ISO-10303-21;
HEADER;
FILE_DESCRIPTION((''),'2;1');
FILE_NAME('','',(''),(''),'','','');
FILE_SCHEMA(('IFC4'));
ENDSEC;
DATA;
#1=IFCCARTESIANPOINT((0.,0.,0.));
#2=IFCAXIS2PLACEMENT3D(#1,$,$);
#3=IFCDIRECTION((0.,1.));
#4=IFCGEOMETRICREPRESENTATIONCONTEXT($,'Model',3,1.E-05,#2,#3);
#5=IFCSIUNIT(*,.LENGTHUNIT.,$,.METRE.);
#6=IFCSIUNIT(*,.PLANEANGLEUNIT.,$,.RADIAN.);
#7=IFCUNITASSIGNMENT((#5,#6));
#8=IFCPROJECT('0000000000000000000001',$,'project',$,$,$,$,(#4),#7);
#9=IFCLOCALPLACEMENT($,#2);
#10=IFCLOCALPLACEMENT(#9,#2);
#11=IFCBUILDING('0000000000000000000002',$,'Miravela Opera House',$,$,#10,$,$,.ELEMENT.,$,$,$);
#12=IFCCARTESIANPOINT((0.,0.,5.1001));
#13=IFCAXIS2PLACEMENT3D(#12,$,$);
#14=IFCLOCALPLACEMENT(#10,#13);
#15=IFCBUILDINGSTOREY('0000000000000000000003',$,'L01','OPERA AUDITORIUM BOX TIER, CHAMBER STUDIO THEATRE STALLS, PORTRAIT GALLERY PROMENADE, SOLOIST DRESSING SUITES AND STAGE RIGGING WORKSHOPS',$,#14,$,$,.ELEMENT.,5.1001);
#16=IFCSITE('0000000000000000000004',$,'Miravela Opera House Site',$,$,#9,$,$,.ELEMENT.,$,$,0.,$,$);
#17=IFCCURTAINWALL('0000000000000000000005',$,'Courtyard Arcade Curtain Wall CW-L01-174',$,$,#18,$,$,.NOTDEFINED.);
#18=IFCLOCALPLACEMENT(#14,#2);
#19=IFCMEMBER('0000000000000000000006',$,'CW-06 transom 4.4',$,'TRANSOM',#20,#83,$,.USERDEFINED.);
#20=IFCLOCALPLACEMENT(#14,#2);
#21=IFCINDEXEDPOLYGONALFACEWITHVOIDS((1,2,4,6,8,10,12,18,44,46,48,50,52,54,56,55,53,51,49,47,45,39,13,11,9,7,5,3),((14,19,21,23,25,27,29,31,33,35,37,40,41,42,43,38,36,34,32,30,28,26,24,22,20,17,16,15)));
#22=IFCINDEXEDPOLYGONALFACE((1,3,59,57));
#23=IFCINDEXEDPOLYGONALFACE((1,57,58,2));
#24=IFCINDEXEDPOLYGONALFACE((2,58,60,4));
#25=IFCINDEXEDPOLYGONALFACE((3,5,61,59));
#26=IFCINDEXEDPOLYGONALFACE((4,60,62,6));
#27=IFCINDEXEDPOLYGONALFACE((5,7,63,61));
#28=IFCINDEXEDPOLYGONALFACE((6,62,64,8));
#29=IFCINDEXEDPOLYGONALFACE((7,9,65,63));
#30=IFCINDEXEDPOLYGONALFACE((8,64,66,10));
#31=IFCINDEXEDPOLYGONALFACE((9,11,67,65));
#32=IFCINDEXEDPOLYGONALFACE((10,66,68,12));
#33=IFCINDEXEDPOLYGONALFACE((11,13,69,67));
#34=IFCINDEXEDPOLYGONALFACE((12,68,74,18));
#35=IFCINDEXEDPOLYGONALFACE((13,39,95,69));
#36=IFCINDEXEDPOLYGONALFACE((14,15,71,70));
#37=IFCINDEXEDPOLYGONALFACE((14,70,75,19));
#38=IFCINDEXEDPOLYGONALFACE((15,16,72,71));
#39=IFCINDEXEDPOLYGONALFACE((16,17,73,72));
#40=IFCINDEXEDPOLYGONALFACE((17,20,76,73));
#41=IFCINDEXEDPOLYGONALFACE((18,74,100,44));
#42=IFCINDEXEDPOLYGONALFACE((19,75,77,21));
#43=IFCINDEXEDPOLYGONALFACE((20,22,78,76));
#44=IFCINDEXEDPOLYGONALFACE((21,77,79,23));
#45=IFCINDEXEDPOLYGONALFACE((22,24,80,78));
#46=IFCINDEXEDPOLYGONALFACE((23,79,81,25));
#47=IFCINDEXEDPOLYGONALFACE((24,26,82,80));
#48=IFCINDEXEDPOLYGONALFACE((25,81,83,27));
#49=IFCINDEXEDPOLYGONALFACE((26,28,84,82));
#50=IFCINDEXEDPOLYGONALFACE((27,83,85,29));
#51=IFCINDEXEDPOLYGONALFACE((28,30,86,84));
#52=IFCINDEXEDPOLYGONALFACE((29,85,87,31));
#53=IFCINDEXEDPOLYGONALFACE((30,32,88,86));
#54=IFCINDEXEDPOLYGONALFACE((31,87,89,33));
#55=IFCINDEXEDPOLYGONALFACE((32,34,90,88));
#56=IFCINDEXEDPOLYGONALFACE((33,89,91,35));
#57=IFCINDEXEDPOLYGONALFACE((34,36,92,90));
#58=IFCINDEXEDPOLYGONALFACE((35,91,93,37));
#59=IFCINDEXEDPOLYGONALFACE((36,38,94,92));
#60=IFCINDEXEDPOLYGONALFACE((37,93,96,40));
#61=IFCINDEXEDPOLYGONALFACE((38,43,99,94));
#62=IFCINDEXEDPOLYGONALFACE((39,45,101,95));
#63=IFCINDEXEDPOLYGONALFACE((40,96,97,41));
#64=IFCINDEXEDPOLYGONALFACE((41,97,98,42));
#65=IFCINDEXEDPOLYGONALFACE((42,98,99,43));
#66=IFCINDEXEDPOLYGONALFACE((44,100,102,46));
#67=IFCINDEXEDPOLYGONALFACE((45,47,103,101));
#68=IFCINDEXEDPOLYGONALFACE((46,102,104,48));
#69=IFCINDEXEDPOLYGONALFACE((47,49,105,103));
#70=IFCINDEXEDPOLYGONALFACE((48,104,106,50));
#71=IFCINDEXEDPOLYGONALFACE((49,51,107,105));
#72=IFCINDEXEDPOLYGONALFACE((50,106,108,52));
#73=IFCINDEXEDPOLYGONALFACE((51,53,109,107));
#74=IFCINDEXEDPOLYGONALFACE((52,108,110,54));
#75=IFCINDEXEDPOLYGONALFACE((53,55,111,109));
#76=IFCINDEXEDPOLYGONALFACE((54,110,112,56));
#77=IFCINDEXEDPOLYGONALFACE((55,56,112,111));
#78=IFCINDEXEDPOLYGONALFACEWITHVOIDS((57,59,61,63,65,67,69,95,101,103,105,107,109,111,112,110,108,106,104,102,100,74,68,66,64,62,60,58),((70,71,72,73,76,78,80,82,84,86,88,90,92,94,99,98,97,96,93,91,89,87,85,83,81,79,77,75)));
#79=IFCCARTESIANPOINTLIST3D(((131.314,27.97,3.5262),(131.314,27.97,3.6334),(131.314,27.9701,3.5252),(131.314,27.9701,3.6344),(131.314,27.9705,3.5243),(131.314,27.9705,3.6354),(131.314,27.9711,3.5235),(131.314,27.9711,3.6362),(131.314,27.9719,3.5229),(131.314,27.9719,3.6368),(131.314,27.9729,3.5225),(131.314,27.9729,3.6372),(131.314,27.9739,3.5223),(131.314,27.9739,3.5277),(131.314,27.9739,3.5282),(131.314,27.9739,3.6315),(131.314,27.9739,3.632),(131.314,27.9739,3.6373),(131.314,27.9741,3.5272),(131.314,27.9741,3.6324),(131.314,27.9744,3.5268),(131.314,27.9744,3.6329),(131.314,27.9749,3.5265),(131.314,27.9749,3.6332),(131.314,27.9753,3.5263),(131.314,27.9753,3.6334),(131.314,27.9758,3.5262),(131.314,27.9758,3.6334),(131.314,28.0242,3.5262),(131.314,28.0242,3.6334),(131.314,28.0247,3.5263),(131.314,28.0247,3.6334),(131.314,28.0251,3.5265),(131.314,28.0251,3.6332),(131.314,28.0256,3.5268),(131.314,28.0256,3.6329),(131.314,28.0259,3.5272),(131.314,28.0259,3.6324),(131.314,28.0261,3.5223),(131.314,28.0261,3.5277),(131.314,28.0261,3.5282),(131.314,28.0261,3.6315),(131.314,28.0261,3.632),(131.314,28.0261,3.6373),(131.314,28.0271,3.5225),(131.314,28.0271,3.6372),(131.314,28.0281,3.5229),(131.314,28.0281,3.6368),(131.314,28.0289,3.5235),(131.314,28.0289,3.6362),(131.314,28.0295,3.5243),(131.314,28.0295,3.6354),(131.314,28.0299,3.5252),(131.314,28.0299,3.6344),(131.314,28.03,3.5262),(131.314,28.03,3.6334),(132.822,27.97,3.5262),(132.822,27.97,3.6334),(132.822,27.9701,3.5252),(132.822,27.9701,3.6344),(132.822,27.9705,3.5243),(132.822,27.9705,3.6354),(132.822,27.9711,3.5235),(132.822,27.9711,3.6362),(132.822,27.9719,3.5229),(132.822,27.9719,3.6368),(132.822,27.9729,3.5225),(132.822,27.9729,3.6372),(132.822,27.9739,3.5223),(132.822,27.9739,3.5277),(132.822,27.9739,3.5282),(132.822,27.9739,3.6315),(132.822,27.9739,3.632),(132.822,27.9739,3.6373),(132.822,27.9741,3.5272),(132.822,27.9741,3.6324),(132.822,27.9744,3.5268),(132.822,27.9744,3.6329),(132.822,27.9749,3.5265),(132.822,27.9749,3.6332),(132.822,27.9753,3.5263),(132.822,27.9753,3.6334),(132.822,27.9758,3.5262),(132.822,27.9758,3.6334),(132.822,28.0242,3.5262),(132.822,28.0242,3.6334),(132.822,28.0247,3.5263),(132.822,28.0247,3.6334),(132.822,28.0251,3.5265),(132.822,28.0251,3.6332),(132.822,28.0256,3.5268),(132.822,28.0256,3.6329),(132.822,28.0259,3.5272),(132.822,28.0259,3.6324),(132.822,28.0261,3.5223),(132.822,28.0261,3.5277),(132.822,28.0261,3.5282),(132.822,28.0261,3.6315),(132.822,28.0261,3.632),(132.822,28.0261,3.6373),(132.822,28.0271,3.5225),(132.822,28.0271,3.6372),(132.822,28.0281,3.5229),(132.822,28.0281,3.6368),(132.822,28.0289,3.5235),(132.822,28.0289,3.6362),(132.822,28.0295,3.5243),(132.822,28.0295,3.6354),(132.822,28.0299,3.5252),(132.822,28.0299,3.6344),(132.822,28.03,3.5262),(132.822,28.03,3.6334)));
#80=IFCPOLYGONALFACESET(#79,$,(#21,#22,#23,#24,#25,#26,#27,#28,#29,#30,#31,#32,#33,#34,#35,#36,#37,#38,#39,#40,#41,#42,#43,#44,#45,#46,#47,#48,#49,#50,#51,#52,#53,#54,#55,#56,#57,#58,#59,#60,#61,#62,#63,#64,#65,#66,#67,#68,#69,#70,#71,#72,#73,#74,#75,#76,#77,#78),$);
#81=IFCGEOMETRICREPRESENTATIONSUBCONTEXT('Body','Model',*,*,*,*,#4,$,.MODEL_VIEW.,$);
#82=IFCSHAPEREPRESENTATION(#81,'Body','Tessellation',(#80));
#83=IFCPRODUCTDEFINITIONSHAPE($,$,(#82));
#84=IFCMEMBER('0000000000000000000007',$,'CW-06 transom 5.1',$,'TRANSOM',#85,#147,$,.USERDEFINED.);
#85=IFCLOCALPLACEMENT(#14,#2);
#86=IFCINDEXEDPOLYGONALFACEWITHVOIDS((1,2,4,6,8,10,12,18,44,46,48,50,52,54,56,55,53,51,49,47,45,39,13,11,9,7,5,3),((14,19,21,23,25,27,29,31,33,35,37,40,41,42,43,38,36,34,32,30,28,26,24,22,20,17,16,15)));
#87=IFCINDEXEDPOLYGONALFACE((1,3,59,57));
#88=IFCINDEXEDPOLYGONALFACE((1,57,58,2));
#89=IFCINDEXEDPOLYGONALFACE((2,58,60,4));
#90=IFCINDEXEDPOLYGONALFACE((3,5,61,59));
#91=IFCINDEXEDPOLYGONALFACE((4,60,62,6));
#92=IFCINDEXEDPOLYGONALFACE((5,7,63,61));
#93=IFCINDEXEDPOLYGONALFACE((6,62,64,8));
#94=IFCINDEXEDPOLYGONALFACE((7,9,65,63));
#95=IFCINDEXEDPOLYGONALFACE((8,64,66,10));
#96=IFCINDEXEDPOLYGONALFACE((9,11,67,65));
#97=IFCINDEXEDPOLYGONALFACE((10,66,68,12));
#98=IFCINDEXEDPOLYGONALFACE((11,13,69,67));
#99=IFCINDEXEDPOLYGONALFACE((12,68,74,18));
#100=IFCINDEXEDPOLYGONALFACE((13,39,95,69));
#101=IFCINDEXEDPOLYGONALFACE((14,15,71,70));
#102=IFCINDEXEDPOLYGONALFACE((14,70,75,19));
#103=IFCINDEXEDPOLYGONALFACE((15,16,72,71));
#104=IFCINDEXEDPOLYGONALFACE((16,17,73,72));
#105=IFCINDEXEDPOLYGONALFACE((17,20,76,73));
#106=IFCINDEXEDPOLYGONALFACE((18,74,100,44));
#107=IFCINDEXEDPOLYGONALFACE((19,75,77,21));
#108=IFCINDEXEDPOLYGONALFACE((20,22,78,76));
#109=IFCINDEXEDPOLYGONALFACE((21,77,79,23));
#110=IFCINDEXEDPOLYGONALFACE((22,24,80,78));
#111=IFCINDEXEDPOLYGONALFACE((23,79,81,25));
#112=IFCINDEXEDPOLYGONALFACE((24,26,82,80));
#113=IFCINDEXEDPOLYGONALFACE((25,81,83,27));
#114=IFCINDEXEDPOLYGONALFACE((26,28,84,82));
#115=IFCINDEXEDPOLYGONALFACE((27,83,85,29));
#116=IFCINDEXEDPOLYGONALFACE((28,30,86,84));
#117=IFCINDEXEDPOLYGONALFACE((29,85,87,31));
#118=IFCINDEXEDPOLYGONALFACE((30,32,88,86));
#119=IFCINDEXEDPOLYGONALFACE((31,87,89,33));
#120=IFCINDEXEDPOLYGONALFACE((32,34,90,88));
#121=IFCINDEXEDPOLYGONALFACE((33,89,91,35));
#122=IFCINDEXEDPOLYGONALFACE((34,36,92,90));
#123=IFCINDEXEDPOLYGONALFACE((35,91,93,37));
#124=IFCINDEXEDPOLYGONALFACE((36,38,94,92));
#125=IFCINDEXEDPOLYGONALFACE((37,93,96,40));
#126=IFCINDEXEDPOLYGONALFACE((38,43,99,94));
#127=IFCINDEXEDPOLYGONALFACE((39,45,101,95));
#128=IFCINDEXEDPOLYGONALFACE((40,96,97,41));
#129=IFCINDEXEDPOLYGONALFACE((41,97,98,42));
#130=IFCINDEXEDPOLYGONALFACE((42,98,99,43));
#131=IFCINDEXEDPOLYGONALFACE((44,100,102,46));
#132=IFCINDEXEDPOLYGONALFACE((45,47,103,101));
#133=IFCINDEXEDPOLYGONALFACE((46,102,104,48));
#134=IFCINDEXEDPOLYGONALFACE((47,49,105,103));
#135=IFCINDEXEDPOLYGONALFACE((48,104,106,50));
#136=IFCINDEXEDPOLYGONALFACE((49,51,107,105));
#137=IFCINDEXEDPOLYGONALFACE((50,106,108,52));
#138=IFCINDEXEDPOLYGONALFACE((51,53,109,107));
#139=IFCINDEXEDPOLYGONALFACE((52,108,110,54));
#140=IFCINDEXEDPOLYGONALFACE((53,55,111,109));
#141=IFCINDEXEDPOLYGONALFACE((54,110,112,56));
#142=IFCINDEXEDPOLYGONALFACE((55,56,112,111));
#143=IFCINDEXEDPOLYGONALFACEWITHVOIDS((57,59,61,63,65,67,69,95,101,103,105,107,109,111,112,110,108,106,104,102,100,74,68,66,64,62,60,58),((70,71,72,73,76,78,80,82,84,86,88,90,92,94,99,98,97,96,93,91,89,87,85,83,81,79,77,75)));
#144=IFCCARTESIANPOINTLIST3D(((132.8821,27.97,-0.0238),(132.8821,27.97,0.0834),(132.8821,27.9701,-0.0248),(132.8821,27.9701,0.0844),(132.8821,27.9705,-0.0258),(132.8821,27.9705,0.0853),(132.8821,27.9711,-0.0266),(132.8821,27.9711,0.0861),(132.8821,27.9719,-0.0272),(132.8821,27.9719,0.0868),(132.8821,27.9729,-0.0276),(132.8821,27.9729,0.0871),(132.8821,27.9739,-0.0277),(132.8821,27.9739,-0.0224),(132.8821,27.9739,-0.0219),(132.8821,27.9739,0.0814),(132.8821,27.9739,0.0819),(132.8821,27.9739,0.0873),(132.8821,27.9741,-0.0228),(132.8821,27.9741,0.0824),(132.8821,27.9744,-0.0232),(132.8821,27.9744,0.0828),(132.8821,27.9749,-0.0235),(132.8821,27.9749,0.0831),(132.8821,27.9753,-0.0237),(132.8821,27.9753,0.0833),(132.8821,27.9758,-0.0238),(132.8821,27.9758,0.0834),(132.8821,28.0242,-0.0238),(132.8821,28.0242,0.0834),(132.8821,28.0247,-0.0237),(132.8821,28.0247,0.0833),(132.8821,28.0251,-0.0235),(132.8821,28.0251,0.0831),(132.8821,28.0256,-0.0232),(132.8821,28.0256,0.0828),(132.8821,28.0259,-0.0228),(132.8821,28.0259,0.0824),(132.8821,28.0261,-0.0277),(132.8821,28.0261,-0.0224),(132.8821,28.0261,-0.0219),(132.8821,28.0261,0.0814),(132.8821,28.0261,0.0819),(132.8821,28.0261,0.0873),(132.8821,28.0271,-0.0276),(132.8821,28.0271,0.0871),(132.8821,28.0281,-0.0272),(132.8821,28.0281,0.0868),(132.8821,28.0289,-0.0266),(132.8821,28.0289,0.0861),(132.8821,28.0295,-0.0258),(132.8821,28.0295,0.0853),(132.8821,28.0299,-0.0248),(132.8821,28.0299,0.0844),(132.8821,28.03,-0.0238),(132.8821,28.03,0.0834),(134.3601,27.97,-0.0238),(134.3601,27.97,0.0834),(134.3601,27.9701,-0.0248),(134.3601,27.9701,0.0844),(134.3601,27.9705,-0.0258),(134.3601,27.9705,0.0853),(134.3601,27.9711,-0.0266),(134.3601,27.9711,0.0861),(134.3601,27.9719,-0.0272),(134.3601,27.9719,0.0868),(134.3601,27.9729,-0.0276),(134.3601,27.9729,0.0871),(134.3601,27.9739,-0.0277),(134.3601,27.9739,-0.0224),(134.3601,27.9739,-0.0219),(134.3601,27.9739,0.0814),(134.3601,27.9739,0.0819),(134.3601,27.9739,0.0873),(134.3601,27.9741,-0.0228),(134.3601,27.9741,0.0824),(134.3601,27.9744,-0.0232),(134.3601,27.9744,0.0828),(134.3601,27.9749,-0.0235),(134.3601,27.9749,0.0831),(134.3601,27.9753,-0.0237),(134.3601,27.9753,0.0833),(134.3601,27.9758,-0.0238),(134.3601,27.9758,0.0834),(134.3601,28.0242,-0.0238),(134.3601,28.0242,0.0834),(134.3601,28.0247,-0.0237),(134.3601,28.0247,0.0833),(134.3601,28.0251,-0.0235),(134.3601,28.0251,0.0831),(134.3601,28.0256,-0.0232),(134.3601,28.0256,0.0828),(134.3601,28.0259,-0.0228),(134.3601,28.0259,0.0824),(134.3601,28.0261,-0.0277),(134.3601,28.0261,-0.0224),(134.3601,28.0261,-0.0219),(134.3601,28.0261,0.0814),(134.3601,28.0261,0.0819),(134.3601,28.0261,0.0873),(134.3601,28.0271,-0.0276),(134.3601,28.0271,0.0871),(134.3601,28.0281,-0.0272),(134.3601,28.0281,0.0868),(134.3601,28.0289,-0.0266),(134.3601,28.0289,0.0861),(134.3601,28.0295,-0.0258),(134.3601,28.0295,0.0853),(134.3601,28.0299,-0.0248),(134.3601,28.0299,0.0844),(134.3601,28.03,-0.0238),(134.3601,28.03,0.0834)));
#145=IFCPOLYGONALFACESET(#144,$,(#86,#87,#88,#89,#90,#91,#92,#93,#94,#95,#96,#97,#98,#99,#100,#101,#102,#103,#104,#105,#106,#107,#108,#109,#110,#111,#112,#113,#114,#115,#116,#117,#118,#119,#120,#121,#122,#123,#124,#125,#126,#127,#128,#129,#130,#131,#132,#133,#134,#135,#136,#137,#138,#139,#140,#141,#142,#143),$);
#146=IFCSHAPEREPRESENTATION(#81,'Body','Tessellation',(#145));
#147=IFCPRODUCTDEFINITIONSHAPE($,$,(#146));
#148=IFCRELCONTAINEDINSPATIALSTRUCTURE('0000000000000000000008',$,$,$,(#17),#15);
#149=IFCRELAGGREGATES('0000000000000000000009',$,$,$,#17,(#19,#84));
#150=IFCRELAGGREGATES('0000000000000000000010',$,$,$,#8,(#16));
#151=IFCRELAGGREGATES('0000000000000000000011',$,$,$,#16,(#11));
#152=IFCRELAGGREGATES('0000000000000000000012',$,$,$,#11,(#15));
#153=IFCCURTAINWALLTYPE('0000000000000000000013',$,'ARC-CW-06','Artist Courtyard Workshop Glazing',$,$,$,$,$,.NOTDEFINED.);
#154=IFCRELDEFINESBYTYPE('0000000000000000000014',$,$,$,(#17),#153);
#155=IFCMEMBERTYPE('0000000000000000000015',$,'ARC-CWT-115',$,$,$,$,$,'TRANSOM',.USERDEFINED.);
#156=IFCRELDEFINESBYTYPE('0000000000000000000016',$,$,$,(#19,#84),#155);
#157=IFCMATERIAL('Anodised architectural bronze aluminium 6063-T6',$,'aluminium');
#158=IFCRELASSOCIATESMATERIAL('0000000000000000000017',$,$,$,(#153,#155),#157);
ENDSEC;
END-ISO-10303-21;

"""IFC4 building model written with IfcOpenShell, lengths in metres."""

from ifc_helpers import new_model, si_unit, direction, frame, origin, origin_2d, place, context, subcontext, project, spatial, hollow_rectangle, extrude, material, material_profile, profile_set, type_object, element, aggregate, save


model = new_model("IFC4")

# Units and contexts
model_context = context("Model", 3, precision=1e-05, world=origin(), true_north=direction((0.0, 1.0)))
body_context = subcontext(model_context, "Body", "Model", "MODEL_VIEW")
ifc_project = project(units=[si_unit("LENGTHUNIT", "METRE"), si_unit("PLANEANGLEUNIT", "RADIAN")], contexts=[model_context])

# Site, building, storey
site_placement = place(None, origin())
site = spatial("IfcSite", under=ifc_project, at=site_placement, Name="Miravela Opera House Site", CompositionType="ELEMENT", RefElevation=0.0)
building_placement = place(site_placement, origin())
building = spatial("IfcBuilding", under=site, at=building_placement, Name="Miravela Opera House", CompositionType="ELEMENT")
storey_placement = place(building_placement, frame((0.0, 0.0, 5.1001)))
storey = spatial("IfcBuildingStorey", under=building, at=storey_placement, Name="L01", Description="OPERA AUDITORIUM BOX TIER, CHAMBER STUDIO THEATRE STALLS, PORTRAIT GALLERY PROMENADE, SOLOIST DRESSING SUITES AND STAGE RIGGING WORKSHOPS", CompositionType="ELEMENT", Elevation=5.1001)

# Curtain wall, members
ifc_material_1 = material(Name="Anodised architectural bronze aluminium 6063-T6", Category="aluminium")
curtain_wall_type = type_object("IfcCurtainWallType", Name="ARC-CW-06", Description="Artist Courtyard Workshop Glazing", PredefinedType="NOTDEFINED", material=ifc_material_1)
curtain_wall_placement = place(storey_placement, origin())
curtain_wall = element("IfcCurtainWall", 1, at=curtain_wall_placement, inside=storey, type_object=curtain_wall_type, Name="Courtyard Arcade Curtain Wall CW-L01-174", PredefinedType="NOTDEFINED")
ifc_material_profile_1 = material_profile(ifc_material_1, hollow_rectangle(XDim=0.0601, YDim=0.115, WallThickness=0.0039, InnerFilletRadius=0.002, OuterFilletRadius=0.0039, at=origin_2d()), Name="CWT-60X115")
ifc_profile_set_1 = profile_set([ifc_material_profile_1])
member_type_1 = type_object("IfcMemberType", Name="ARC-CWT-115", ElementType="TRANSOM", PredefinedType="USERDEFINED", material=ifc_profile_set_1)
member_1_placement = place(storey_placement, frame((131.314, 28.0, 3.5798), z_axis=(1.0, 0.0, 0.0), x_axis=(0.0, 1.0, 0.0)))
member_1 = element("IfcMember", 2, at=member_1_placement, type_object=member_type_1, Name="CW-06 transom 4.4", ObjectType="TRANSOM", PredefinedType="USERDEFINED", context=body_context, shape_type="SweptSolid", body=[
    extrude(hollow_rectangle(XDim=0.0601, YDim=0.115, WallThickness=0.0039, InnerFilletRadius=0.002, OuterFilletRadius=0.0039, at=origin_2d()), origin(), (0.0, 0.0, 1.0), 1.5081),
])
member_2_placement = place(storey_placement, frame((132.8821, 28.0, 0.0298), z_axis=(1.0, 0.0, 0.0), x_axis=(0.0, 1.0, 0.0)))
member_2 = element("IfcMember", 3, at=member_2_placement, type_object=member_type_1, Name="CW-06 transom 5.1", ObjectType="TRANSOM", PredefinedType="USERDEFINED", context=body_context, shape_type="SweptSolid", body=[
    extrude(hollow_rectangle(XDim=0.0601, YDim=0.115, WallThickness=0.0039, InnerFilletRadius=0.002, OuterFilletRadius=0.0039, at=origin_2d()), origin(), (0.0, 0.0, 1.0), 1.478),
])
aggregate(curtain_wall, [member_1, member_2])

save(model, "model.ifc")
